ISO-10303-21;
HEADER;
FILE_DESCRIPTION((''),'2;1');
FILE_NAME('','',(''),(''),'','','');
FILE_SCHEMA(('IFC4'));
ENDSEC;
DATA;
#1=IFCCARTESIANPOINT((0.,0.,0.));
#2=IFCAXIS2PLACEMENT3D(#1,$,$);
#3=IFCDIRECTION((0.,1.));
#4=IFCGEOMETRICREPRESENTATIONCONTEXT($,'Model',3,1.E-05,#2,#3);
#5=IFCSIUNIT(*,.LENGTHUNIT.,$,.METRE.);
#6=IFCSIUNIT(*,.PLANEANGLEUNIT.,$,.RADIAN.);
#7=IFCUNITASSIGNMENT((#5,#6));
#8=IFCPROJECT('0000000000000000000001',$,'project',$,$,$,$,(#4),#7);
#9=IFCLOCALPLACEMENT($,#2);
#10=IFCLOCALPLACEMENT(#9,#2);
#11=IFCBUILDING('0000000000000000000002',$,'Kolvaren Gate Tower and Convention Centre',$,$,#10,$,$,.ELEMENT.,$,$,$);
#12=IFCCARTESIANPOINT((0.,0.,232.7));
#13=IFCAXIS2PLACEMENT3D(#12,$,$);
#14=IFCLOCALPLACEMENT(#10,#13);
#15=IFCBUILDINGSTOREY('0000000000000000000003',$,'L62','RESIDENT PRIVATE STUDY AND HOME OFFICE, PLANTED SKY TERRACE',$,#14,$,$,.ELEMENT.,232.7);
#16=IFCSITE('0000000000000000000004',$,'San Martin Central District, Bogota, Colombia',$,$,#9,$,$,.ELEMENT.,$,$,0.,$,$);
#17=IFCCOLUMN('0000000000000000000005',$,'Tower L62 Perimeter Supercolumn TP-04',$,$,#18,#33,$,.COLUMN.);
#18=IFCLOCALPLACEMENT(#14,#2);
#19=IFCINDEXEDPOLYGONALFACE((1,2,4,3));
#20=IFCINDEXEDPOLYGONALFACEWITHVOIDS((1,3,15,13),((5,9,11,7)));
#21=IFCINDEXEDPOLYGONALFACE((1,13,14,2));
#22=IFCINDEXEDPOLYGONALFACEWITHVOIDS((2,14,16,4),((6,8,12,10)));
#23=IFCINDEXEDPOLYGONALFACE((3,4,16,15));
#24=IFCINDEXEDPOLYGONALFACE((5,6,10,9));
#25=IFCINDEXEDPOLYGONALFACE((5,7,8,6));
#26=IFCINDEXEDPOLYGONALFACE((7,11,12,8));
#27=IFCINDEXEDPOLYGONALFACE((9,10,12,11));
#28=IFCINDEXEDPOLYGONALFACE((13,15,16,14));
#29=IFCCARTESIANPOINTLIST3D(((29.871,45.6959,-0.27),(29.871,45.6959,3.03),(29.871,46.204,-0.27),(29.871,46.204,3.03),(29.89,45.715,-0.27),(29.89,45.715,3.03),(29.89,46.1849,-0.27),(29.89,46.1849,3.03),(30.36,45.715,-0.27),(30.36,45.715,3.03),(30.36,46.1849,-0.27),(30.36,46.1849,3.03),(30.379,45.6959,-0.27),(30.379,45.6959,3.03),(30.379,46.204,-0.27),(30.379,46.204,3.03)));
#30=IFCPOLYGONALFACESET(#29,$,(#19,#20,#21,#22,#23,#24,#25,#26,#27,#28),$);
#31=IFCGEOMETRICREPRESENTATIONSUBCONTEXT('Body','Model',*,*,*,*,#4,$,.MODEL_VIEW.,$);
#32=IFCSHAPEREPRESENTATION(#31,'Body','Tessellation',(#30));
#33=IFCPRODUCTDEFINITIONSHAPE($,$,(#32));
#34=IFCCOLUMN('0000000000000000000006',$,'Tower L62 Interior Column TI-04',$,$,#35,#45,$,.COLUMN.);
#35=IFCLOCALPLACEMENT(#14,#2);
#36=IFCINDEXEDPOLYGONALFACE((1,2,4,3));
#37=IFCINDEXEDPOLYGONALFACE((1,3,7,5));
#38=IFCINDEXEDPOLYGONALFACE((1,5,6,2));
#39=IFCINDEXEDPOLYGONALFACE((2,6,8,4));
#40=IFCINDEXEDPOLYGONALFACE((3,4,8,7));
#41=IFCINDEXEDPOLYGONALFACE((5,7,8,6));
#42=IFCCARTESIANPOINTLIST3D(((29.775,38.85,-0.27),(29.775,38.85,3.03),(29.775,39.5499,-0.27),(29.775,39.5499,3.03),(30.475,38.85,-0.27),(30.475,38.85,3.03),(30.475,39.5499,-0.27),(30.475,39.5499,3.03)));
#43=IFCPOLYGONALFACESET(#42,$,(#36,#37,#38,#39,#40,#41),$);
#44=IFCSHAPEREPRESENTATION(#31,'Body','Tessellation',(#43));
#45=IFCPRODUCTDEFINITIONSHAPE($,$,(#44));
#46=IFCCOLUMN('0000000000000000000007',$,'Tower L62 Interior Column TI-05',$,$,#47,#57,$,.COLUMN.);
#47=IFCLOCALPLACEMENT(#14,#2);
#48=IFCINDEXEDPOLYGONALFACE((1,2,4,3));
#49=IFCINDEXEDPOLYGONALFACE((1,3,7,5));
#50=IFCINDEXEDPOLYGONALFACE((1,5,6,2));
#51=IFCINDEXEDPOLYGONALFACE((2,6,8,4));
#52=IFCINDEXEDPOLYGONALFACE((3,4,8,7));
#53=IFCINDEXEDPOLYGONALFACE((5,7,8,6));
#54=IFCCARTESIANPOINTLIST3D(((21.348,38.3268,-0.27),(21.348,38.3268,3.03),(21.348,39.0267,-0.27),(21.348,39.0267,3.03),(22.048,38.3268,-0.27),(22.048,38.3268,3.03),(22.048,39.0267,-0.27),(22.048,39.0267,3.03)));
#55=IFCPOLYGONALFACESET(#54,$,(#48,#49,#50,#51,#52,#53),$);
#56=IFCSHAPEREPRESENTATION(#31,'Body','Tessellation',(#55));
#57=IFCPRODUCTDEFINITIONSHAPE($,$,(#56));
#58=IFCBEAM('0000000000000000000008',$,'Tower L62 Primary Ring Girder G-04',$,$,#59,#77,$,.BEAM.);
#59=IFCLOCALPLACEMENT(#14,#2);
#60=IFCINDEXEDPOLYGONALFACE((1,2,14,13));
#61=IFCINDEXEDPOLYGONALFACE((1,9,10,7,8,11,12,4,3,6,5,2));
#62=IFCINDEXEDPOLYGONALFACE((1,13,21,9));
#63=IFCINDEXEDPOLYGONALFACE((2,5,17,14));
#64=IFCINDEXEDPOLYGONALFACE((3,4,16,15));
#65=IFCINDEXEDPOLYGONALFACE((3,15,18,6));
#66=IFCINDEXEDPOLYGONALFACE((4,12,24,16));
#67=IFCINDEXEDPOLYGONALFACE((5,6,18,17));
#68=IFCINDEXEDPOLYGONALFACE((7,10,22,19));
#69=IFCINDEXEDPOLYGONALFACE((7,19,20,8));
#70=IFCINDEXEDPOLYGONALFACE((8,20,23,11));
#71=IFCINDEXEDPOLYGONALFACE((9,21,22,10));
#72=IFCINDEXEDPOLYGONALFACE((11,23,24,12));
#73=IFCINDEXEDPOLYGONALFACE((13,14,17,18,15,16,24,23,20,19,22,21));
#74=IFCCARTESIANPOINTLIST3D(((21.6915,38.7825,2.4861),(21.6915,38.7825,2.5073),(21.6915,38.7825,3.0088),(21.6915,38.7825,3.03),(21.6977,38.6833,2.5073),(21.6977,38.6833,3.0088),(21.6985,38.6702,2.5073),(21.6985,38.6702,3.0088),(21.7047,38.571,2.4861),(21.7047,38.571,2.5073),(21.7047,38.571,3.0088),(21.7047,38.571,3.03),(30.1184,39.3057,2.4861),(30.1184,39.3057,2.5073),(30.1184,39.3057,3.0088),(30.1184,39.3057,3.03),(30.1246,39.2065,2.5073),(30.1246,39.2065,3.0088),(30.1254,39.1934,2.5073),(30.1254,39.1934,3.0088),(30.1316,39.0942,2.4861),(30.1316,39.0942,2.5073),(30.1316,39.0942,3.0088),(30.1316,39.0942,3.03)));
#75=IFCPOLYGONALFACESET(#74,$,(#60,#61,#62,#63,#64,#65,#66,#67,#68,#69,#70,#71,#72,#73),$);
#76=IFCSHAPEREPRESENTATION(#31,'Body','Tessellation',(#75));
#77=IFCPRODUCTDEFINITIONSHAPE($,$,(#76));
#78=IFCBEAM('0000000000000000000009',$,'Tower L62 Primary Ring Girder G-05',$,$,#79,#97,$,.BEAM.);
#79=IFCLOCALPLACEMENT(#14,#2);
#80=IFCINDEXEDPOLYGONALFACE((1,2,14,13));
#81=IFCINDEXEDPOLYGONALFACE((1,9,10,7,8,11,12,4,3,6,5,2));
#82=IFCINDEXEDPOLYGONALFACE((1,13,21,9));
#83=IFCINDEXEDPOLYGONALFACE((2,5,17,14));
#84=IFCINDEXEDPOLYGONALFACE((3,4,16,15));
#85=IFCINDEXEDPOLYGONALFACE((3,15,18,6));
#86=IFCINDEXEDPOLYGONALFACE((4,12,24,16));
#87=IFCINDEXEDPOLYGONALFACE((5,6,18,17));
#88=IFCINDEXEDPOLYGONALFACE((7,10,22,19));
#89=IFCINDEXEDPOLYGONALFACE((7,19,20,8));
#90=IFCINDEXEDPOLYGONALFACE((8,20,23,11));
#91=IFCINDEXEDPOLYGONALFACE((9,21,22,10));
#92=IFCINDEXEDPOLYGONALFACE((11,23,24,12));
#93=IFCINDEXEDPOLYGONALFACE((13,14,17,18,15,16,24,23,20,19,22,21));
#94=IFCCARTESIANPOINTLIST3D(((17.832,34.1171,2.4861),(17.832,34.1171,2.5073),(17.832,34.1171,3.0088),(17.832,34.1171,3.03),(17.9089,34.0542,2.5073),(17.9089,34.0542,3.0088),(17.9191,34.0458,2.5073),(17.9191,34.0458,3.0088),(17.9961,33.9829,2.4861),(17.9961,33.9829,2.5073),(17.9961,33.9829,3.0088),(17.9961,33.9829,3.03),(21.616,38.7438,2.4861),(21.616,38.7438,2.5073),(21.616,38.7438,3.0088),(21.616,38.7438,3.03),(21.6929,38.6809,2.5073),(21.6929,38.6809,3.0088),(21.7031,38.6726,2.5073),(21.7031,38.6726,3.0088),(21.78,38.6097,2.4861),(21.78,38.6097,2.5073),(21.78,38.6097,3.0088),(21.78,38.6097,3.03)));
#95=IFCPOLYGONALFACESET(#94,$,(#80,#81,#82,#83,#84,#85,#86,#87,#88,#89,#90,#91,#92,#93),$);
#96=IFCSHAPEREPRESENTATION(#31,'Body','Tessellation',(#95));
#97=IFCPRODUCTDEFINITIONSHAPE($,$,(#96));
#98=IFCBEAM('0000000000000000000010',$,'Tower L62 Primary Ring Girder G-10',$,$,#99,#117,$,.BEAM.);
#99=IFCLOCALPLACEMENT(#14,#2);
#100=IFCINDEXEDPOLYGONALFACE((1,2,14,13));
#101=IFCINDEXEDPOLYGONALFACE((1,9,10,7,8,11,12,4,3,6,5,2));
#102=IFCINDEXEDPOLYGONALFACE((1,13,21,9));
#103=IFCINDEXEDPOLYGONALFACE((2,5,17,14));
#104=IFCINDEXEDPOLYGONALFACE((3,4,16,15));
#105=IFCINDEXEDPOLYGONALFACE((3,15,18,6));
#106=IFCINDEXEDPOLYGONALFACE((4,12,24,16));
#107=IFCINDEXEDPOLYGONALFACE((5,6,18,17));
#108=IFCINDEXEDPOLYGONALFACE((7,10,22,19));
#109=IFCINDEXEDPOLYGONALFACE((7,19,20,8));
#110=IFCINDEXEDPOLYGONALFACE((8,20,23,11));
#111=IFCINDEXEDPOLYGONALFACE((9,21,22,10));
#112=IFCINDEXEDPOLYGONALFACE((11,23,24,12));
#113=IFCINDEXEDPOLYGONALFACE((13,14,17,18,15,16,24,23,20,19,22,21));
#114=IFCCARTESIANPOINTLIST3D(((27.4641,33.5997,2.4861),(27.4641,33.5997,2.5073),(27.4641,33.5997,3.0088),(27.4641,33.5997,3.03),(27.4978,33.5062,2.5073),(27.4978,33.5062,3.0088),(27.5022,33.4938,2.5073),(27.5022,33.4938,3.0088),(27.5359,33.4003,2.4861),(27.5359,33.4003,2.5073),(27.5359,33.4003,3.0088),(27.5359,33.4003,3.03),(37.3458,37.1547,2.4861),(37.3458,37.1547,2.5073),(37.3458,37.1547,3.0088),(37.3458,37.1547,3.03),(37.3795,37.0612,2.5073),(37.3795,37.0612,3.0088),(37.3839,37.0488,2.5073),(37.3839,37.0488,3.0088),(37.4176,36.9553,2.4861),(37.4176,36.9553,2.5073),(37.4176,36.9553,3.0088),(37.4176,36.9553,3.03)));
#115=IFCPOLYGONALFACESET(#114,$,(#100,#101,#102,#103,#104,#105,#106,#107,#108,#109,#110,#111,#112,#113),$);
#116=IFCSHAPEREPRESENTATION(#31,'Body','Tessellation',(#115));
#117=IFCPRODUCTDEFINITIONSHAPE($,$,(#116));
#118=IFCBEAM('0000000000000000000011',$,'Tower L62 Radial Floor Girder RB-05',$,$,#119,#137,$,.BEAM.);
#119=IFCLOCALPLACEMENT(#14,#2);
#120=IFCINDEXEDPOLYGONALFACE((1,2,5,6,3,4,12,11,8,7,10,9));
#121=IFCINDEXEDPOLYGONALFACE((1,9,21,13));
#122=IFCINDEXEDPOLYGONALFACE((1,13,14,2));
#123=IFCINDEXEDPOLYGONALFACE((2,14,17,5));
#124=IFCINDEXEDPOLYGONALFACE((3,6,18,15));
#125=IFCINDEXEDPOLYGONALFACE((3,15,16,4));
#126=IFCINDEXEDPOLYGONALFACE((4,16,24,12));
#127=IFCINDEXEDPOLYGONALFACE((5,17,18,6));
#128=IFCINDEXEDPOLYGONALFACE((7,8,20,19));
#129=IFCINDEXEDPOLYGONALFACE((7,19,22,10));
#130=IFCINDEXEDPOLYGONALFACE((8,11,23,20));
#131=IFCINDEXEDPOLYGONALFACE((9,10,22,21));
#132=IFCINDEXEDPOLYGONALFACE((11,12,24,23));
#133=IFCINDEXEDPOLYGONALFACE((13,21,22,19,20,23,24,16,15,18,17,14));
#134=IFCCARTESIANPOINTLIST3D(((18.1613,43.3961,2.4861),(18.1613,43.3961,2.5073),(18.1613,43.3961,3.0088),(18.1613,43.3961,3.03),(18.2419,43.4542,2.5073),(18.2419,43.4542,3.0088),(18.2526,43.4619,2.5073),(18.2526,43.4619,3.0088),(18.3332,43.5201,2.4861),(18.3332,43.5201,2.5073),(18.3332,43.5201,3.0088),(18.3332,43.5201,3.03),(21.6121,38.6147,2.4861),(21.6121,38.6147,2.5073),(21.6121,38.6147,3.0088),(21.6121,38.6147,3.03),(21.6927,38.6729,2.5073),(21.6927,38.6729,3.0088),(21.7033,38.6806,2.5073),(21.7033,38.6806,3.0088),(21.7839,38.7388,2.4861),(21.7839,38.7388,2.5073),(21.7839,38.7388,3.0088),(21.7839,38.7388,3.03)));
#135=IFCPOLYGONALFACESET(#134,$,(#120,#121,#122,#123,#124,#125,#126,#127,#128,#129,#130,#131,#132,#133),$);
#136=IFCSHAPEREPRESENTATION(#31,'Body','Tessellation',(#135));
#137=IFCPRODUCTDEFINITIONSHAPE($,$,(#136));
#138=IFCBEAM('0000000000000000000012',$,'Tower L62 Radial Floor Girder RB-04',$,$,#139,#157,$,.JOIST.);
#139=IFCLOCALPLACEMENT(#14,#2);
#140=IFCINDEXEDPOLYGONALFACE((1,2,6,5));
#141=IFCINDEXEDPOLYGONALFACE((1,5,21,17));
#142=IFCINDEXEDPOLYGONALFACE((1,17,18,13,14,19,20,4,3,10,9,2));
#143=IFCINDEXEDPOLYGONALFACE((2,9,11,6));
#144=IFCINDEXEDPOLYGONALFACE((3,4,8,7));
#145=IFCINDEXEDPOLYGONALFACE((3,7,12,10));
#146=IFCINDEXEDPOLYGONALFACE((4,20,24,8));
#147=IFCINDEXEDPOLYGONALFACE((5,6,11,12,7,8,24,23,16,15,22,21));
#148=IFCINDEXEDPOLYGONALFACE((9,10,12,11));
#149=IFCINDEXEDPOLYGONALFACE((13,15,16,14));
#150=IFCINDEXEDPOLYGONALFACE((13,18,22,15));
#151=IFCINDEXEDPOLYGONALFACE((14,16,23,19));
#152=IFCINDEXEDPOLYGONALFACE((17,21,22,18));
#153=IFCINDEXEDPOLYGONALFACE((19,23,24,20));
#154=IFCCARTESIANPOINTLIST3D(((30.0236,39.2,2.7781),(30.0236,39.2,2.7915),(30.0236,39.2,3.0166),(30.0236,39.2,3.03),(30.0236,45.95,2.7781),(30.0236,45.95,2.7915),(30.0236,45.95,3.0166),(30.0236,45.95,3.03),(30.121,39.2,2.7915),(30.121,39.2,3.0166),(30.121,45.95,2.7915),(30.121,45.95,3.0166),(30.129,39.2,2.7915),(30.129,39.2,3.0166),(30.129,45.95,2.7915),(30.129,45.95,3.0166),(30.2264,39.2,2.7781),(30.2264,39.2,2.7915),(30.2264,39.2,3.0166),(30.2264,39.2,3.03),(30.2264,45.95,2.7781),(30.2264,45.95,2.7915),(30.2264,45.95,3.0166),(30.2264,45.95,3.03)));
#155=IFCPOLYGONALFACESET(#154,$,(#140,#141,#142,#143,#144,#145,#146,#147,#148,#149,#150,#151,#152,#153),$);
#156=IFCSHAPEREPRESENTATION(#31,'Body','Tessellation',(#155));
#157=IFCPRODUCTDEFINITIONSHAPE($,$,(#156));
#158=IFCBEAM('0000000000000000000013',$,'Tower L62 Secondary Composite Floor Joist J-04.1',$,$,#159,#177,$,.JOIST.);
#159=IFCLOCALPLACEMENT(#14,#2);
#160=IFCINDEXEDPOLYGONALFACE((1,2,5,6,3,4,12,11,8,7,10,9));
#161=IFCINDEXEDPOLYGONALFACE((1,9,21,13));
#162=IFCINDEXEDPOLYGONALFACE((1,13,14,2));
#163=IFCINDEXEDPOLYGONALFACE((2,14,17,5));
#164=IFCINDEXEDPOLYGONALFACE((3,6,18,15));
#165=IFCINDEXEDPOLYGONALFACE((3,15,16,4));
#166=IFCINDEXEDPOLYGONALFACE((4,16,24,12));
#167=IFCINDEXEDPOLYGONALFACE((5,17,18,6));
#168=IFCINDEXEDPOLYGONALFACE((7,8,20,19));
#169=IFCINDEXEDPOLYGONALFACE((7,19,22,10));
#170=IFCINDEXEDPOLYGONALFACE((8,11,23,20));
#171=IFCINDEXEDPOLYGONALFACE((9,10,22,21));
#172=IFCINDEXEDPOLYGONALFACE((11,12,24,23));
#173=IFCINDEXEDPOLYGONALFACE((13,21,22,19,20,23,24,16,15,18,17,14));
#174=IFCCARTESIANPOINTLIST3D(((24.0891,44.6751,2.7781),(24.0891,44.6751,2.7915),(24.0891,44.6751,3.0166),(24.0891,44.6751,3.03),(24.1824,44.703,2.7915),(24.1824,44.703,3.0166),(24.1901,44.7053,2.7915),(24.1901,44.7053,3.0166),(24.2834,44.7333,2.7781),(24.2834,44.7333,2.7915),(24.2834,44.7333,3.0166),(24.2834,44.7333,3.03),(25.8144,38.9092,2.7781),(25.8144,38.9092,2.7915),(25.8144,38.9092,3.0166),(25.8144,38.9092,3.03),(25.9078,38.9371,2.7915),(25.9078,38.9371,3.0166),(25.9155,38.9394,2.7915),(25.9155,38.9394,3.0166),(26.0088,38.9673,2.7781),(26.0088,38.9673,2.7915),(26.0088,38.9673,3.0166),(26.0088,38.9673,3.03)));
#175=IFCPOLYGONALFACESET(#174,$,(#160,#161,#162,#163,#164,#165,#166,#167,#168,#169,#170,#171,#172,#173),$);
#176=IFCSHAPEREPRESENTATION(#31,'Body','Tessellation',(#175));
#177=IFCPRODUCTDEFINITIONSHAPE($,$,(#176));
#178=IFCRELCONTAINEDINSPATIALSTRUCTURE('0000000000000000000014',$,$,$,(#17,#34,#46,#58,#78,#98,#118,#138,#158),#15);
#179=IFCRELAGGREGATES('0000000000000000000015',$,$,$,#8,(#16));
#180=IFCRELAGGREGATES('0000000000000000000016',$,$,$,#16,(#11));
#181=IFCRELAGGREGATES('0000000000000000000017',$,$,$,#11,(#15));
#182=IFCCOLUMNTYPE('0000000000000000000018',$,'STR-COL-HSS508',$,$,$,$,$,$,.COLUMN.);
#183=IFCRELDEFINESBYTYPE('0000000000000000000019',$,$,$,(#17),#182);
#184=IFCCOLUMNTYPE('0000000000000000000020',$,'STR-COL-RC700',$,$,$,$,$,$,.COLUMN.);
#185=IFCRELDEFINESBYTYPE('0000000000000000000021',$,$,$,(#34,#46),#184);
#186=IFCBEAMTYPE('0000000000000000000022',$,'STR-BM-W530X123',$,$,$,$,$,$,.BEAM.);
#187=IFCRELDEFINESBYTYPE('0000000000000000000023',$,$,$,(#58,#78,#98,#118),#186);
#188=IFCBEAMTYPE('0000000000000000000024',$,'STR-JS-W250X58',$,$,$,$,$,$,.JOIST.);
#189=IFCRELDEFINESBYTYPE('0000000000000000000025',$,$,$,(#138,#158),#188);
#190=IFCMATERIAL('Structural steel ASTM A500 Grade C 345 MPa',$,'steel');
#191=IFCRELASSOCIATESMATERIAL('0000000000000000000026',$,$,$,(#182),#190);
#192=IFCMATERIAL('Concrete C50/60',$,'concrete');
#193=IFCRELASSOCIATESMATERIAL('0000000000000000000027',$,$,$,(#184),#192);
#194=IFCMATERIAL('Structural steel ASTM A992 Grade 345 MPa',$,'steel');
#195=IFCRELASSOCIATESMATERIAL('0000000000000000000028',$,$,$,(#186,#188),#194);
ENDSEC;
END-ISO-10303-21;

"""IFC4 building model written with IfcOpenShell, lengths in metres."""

from ifc_helpers import new_model, si_unit, direction, frame, origin, origin_2d, place, context, subcontext, project, spatial, rectangle, hollow_rectangle, i_section, extrude, material, material_profile, profile_set, type_object, element, save


model = new_model("IFC4")

# Units and contexts
model_context = context("Model", 3, precision=1e-05, world=origin(), true_north=direction((0.0, 1.0)))
body_context = subcontext(model_context, "Body", "Model", "MODEL_VIEW")
ifc_project = project(units=[si_unit("LENGTHUNIT", "METRE"), si_unit("PLANEANGLEUNIT", "RADIAN")], contexts=[model_context])

# Site, building, storey
site_placement = place(None, origin())
site = spatial("IfcSite", under=ifc_project, at=site_placement, Name="San Martin Central District, Bogota, Colombia", CompositionType="ELEMENT", RefElevation=0.0)
building_placement = place(site_placement, origin())
building = spatial("IfcBuilding", under=site, at=building_placement, Name="Kolvaren Gate Tower and Convention Centre", CompositionType="ELEMENT")
storey_placement = place(building_placement, frame((0.0, 0.0, 232.7)))
storey = spatial("IfcBuildingStorey", under=building, at=storey_placement, Name="L62", Description="RESIDENT PRIVATE STUDY AND HOME OFFICE, PLANTED SKY TERRACE", CompositionType="ELEMENT", Elevation=232.7)

# Columns
ifc_material_1 = material(Name="Structural steel ASTM A500 Grade C 345 MPa", Category="steel")
ifc_material_profile_1 = material_profile(ifc_material_1, hollow_rectangle(XDim=0.5081, YDim=0.5081, WallThickness=0.019, at=origin_2d()), Name="HSS508X508X19.1")
ifc_profile_set_1 = profile_set([ifc_material_profile_1], Name="Structural steel ASTM A500 Grade C 345 MPa")
column_type_1 = type_object("IfcColumnType", Name="STR-COL-HSS508", PredefinedType="COLUMN", material=ifc_profile_set_1)
column_placement = place(storey_placement, frame((30.125, 45.95, -0.27), z_axis=(0.0, 0.0, 1.0), x_axis=(1.0, 0.0, 0.0)))
element("IfcColumn", 1, at=column_placement, inside=storey, type_object=column_type_1, Name="Tower L62 Perimeter Supercolumn TP-04", PredefinedType="COLUMN", context=body_context, shape_type="SweptSolid", body=[
    extrude(hollow_rectangle(XDim=0.5081, YDim=0.5081, WallThickness=0.019, at=origin_2d()), origin(), (0.0, 0.0, 1.0), 3.3),
])
ifc_material_2 = material(Name="Concrete C50/60", Category="concrete")
ifc_material_profile_2 = material_profile(ifc_material_2, rectangle(XDim=0.7, YDim=0.7, at=origin_2d()), Name="RC-COL-700X700")
ifc_profile_set_2 = profile_set([ifc_material_profile_2], Name="Concrete C50/60")
column_type_2 = type_object("IfcColumnType", Name="STR-COL-RC700", PredefinedType="COLUMN", material=ifc_profile_set_2)
for number, where, z_axis, x_axis, name in (
    (2, (30.125, 39.2, -0.27), (0.0, 0.0, 1.0), (1.0, 0.0, 0.0), "Tower L62 Interior Column TI-04"),
    (3, (21.698, 38.6768, -0.27), (0.0, 0.0, 1.0), (1.0, 0.0, 0.0), "Tower L62 Interior Column TI-05"),
):
    element("IfcColumn", number, at=place(storey_placement, frame(where, z_axis=z_axis, x_axis=x_axis)), inside=storey, type_object=column_type_2, Name=name, PredefinedType="COLUMN", context=body_context, shape_type="SweptSolid", body=[
        extrude(rectangle(XDim=0.7, YDim=0.7, at=origin_2d()), origin(), (0.0, 0.0, 1.0), 3.3),
    ])

# Beams
ifc_material_3 = material(Name="Structural steel ASTM A992 Grade 345 MPa", Category="steel")
ifc_material_profile_3 = material_profile(ifc_material_3, i_section(OverallWidth=0.2119, OverallDepth=0.5439, WebThickness=0.0132, FlangeThickness=0.0212, at=origin_2d()), Name="W530X123")
ifc_profile_set_3 = profile_set([ifc_material_profile_3], Name="Structural steel ASTM A992 Grade 345 MPa")
beam_type_1 = type_object("IfcBeamType", Name="STR-BM-W530X123", PredefinedType="BEAM", material=ifc_profile_set_3)
beam_1_placement = place(storey_placement, frame((30.125, 39.2, 2.7581), z_axis=(-0.998078, -0.061966, 0.0), x_axis=(0.061966, -0.998078, 0.0)))
element("IfcBeam", 4, at=beam_1_placement, inside=storey, type_object=beam_type_1, Name="Tower L62 Primary Ring Girder G-04", PredefinedType="BEAM", context=body_context, shape_type="SweptSolid", body=[
    extrude(i_section(OverallWidth=0.2119, OverallDepth=0.5439, WebThickness=0.0132, FlangeThickness=0.0212, at=origin_2d()), origin(), (0.0, 0.0, 1.0), 8.4431),
])
beam_2_placement = place(storey_placement, frame((21.698, 38.6768, 2.7581), z_axis=(-0.633082, -0.774085, 0.0), x_axis=(0.774085, -0.633082, 0.0)))
element("IfcBeam", 5, at=beam_2_placement, inside=storey, type_object=beam_type_1, Name="Tower L62 Primary Ring Girder G-05", PredefinedType="BEAM", context=body_context, shape_type="SweptSolid", body=[
    extrude(i_section(OverallWidth=0.2119, OverallDepth=0.5439, WebThickness=0.0132, FlangeThickness=0.0212, at=origin_2d()), origin(), (0.0, 0.0, 1.0), 5.9771),
])
beam_3_placement = place(storey_placement, frame((27.5, 33.5, 2.7581), z_axis=(0.940961, 0.338514, 0.0), x_axis=(-0.338514, 0.940961, 0.0)))
element("IfcBeam", 6, at=beam_3_placement, inside=storey, type_object=beam_type_1, Name="Tower L62 Primary Ring Girder G-10", PredefinedType="BEAM", context=body_context, shape_type="SweptSolid", body=[
    extrude(i_section(OverallWidth=0.2119, OverallDepth=0.5439, WebThickness=0.0132, FlangeThickness=0.0212, at=origin_2d()), origin(), (0.0, 0.0, 1.0), 10.5017),
])
beam_4_placement = place(storey_placement, frame((21.698, 38.6768, 2.7581), z_axis=(-0.585218, 0.810876, 0.0), x_axis=(-0.810876, -0.585218, 0.0)))
element("IfcBeam", 7, at=beam_4_placement, inside=storey, type_object=beam_type_1, Name="Tower L62 Radial Floor Girder RB-05", PredefinedType="BEAM", context=body_context, shape_type="SweptSolid", body=[
    extrude(i_section(OverallWidth=0.2119, OverallDepth=0.5439, WebThickness=0.0132, FlangeThickness=0.0212, at=origin_2d()), origin(), (0.0, 0.0, 1.0), 5.8965),
])
ifc_material_profile_4 = material_profile(ifc_material_3, i_section(OverallWidth=0.2029, OverallDepth=0.252, WebThickness=0.0081, FlangeThickness=0.0134, at=origin_2d()), Name="W250X58")
ifc_profile_set_4 = profile_set([ifc_material_profile_4], Name="Structural steel ASTM A992 Grade 345 MPa")
beam_type_2 = type_object("IfcBeamType", Name="STR-JS-W250X58", PredefinedType="JOIST", material=ifc_profile_set_4)
beam_5_placement = place(storey_placement, frame((30.125, 39.2, 2.9041), z_axis=(0.0, 1.0, 0.0), x_axis=(-1.0, 0.0, 0.0)))
element("IfcBeam", 8, at=beam_5_placement, inside=storey, type_object=beam_type_2, Name="Tower L62 Radial Floor Girder RB-04", PredefinedType="JOIST", context=body_context, shape_type="SweptSolid", body=[
    extrude(i_section(OverallWidth=0.2029, OverallDepth=0.252, WebThickness=0.0081, FlangeThickness=0.0134, at=origin_2d()), origin(), (0.0, 0.0, 1.0), 6.75),
])
beam_6_placement = place(storey_placement, frame((25.9116, 38.9382, 2.9041), z_axis=(-0.286674, 0.958028, 0.0), x_axis=(-0.958028, -0.286674, 0.0)))
element("IfcBeam", 9, at=beam_6_placement, inside=storey, type_object=beam_type_2, Name="Tower L62 Secondary Composite Floor Joist J-04.1", PredefinedType="JOIST", context=body_context, shape_type="SweptSolid", body=[
    extrude(i_section(OverallWidth=0.2029, OverallDepth=0.252, WebThickness=0.0081, FlangeThickness=0.0134, at=origin_2d()), origin(), (0.0, 0.0, 1.0), 6.0186),
])

save(model, "model.ifc")
